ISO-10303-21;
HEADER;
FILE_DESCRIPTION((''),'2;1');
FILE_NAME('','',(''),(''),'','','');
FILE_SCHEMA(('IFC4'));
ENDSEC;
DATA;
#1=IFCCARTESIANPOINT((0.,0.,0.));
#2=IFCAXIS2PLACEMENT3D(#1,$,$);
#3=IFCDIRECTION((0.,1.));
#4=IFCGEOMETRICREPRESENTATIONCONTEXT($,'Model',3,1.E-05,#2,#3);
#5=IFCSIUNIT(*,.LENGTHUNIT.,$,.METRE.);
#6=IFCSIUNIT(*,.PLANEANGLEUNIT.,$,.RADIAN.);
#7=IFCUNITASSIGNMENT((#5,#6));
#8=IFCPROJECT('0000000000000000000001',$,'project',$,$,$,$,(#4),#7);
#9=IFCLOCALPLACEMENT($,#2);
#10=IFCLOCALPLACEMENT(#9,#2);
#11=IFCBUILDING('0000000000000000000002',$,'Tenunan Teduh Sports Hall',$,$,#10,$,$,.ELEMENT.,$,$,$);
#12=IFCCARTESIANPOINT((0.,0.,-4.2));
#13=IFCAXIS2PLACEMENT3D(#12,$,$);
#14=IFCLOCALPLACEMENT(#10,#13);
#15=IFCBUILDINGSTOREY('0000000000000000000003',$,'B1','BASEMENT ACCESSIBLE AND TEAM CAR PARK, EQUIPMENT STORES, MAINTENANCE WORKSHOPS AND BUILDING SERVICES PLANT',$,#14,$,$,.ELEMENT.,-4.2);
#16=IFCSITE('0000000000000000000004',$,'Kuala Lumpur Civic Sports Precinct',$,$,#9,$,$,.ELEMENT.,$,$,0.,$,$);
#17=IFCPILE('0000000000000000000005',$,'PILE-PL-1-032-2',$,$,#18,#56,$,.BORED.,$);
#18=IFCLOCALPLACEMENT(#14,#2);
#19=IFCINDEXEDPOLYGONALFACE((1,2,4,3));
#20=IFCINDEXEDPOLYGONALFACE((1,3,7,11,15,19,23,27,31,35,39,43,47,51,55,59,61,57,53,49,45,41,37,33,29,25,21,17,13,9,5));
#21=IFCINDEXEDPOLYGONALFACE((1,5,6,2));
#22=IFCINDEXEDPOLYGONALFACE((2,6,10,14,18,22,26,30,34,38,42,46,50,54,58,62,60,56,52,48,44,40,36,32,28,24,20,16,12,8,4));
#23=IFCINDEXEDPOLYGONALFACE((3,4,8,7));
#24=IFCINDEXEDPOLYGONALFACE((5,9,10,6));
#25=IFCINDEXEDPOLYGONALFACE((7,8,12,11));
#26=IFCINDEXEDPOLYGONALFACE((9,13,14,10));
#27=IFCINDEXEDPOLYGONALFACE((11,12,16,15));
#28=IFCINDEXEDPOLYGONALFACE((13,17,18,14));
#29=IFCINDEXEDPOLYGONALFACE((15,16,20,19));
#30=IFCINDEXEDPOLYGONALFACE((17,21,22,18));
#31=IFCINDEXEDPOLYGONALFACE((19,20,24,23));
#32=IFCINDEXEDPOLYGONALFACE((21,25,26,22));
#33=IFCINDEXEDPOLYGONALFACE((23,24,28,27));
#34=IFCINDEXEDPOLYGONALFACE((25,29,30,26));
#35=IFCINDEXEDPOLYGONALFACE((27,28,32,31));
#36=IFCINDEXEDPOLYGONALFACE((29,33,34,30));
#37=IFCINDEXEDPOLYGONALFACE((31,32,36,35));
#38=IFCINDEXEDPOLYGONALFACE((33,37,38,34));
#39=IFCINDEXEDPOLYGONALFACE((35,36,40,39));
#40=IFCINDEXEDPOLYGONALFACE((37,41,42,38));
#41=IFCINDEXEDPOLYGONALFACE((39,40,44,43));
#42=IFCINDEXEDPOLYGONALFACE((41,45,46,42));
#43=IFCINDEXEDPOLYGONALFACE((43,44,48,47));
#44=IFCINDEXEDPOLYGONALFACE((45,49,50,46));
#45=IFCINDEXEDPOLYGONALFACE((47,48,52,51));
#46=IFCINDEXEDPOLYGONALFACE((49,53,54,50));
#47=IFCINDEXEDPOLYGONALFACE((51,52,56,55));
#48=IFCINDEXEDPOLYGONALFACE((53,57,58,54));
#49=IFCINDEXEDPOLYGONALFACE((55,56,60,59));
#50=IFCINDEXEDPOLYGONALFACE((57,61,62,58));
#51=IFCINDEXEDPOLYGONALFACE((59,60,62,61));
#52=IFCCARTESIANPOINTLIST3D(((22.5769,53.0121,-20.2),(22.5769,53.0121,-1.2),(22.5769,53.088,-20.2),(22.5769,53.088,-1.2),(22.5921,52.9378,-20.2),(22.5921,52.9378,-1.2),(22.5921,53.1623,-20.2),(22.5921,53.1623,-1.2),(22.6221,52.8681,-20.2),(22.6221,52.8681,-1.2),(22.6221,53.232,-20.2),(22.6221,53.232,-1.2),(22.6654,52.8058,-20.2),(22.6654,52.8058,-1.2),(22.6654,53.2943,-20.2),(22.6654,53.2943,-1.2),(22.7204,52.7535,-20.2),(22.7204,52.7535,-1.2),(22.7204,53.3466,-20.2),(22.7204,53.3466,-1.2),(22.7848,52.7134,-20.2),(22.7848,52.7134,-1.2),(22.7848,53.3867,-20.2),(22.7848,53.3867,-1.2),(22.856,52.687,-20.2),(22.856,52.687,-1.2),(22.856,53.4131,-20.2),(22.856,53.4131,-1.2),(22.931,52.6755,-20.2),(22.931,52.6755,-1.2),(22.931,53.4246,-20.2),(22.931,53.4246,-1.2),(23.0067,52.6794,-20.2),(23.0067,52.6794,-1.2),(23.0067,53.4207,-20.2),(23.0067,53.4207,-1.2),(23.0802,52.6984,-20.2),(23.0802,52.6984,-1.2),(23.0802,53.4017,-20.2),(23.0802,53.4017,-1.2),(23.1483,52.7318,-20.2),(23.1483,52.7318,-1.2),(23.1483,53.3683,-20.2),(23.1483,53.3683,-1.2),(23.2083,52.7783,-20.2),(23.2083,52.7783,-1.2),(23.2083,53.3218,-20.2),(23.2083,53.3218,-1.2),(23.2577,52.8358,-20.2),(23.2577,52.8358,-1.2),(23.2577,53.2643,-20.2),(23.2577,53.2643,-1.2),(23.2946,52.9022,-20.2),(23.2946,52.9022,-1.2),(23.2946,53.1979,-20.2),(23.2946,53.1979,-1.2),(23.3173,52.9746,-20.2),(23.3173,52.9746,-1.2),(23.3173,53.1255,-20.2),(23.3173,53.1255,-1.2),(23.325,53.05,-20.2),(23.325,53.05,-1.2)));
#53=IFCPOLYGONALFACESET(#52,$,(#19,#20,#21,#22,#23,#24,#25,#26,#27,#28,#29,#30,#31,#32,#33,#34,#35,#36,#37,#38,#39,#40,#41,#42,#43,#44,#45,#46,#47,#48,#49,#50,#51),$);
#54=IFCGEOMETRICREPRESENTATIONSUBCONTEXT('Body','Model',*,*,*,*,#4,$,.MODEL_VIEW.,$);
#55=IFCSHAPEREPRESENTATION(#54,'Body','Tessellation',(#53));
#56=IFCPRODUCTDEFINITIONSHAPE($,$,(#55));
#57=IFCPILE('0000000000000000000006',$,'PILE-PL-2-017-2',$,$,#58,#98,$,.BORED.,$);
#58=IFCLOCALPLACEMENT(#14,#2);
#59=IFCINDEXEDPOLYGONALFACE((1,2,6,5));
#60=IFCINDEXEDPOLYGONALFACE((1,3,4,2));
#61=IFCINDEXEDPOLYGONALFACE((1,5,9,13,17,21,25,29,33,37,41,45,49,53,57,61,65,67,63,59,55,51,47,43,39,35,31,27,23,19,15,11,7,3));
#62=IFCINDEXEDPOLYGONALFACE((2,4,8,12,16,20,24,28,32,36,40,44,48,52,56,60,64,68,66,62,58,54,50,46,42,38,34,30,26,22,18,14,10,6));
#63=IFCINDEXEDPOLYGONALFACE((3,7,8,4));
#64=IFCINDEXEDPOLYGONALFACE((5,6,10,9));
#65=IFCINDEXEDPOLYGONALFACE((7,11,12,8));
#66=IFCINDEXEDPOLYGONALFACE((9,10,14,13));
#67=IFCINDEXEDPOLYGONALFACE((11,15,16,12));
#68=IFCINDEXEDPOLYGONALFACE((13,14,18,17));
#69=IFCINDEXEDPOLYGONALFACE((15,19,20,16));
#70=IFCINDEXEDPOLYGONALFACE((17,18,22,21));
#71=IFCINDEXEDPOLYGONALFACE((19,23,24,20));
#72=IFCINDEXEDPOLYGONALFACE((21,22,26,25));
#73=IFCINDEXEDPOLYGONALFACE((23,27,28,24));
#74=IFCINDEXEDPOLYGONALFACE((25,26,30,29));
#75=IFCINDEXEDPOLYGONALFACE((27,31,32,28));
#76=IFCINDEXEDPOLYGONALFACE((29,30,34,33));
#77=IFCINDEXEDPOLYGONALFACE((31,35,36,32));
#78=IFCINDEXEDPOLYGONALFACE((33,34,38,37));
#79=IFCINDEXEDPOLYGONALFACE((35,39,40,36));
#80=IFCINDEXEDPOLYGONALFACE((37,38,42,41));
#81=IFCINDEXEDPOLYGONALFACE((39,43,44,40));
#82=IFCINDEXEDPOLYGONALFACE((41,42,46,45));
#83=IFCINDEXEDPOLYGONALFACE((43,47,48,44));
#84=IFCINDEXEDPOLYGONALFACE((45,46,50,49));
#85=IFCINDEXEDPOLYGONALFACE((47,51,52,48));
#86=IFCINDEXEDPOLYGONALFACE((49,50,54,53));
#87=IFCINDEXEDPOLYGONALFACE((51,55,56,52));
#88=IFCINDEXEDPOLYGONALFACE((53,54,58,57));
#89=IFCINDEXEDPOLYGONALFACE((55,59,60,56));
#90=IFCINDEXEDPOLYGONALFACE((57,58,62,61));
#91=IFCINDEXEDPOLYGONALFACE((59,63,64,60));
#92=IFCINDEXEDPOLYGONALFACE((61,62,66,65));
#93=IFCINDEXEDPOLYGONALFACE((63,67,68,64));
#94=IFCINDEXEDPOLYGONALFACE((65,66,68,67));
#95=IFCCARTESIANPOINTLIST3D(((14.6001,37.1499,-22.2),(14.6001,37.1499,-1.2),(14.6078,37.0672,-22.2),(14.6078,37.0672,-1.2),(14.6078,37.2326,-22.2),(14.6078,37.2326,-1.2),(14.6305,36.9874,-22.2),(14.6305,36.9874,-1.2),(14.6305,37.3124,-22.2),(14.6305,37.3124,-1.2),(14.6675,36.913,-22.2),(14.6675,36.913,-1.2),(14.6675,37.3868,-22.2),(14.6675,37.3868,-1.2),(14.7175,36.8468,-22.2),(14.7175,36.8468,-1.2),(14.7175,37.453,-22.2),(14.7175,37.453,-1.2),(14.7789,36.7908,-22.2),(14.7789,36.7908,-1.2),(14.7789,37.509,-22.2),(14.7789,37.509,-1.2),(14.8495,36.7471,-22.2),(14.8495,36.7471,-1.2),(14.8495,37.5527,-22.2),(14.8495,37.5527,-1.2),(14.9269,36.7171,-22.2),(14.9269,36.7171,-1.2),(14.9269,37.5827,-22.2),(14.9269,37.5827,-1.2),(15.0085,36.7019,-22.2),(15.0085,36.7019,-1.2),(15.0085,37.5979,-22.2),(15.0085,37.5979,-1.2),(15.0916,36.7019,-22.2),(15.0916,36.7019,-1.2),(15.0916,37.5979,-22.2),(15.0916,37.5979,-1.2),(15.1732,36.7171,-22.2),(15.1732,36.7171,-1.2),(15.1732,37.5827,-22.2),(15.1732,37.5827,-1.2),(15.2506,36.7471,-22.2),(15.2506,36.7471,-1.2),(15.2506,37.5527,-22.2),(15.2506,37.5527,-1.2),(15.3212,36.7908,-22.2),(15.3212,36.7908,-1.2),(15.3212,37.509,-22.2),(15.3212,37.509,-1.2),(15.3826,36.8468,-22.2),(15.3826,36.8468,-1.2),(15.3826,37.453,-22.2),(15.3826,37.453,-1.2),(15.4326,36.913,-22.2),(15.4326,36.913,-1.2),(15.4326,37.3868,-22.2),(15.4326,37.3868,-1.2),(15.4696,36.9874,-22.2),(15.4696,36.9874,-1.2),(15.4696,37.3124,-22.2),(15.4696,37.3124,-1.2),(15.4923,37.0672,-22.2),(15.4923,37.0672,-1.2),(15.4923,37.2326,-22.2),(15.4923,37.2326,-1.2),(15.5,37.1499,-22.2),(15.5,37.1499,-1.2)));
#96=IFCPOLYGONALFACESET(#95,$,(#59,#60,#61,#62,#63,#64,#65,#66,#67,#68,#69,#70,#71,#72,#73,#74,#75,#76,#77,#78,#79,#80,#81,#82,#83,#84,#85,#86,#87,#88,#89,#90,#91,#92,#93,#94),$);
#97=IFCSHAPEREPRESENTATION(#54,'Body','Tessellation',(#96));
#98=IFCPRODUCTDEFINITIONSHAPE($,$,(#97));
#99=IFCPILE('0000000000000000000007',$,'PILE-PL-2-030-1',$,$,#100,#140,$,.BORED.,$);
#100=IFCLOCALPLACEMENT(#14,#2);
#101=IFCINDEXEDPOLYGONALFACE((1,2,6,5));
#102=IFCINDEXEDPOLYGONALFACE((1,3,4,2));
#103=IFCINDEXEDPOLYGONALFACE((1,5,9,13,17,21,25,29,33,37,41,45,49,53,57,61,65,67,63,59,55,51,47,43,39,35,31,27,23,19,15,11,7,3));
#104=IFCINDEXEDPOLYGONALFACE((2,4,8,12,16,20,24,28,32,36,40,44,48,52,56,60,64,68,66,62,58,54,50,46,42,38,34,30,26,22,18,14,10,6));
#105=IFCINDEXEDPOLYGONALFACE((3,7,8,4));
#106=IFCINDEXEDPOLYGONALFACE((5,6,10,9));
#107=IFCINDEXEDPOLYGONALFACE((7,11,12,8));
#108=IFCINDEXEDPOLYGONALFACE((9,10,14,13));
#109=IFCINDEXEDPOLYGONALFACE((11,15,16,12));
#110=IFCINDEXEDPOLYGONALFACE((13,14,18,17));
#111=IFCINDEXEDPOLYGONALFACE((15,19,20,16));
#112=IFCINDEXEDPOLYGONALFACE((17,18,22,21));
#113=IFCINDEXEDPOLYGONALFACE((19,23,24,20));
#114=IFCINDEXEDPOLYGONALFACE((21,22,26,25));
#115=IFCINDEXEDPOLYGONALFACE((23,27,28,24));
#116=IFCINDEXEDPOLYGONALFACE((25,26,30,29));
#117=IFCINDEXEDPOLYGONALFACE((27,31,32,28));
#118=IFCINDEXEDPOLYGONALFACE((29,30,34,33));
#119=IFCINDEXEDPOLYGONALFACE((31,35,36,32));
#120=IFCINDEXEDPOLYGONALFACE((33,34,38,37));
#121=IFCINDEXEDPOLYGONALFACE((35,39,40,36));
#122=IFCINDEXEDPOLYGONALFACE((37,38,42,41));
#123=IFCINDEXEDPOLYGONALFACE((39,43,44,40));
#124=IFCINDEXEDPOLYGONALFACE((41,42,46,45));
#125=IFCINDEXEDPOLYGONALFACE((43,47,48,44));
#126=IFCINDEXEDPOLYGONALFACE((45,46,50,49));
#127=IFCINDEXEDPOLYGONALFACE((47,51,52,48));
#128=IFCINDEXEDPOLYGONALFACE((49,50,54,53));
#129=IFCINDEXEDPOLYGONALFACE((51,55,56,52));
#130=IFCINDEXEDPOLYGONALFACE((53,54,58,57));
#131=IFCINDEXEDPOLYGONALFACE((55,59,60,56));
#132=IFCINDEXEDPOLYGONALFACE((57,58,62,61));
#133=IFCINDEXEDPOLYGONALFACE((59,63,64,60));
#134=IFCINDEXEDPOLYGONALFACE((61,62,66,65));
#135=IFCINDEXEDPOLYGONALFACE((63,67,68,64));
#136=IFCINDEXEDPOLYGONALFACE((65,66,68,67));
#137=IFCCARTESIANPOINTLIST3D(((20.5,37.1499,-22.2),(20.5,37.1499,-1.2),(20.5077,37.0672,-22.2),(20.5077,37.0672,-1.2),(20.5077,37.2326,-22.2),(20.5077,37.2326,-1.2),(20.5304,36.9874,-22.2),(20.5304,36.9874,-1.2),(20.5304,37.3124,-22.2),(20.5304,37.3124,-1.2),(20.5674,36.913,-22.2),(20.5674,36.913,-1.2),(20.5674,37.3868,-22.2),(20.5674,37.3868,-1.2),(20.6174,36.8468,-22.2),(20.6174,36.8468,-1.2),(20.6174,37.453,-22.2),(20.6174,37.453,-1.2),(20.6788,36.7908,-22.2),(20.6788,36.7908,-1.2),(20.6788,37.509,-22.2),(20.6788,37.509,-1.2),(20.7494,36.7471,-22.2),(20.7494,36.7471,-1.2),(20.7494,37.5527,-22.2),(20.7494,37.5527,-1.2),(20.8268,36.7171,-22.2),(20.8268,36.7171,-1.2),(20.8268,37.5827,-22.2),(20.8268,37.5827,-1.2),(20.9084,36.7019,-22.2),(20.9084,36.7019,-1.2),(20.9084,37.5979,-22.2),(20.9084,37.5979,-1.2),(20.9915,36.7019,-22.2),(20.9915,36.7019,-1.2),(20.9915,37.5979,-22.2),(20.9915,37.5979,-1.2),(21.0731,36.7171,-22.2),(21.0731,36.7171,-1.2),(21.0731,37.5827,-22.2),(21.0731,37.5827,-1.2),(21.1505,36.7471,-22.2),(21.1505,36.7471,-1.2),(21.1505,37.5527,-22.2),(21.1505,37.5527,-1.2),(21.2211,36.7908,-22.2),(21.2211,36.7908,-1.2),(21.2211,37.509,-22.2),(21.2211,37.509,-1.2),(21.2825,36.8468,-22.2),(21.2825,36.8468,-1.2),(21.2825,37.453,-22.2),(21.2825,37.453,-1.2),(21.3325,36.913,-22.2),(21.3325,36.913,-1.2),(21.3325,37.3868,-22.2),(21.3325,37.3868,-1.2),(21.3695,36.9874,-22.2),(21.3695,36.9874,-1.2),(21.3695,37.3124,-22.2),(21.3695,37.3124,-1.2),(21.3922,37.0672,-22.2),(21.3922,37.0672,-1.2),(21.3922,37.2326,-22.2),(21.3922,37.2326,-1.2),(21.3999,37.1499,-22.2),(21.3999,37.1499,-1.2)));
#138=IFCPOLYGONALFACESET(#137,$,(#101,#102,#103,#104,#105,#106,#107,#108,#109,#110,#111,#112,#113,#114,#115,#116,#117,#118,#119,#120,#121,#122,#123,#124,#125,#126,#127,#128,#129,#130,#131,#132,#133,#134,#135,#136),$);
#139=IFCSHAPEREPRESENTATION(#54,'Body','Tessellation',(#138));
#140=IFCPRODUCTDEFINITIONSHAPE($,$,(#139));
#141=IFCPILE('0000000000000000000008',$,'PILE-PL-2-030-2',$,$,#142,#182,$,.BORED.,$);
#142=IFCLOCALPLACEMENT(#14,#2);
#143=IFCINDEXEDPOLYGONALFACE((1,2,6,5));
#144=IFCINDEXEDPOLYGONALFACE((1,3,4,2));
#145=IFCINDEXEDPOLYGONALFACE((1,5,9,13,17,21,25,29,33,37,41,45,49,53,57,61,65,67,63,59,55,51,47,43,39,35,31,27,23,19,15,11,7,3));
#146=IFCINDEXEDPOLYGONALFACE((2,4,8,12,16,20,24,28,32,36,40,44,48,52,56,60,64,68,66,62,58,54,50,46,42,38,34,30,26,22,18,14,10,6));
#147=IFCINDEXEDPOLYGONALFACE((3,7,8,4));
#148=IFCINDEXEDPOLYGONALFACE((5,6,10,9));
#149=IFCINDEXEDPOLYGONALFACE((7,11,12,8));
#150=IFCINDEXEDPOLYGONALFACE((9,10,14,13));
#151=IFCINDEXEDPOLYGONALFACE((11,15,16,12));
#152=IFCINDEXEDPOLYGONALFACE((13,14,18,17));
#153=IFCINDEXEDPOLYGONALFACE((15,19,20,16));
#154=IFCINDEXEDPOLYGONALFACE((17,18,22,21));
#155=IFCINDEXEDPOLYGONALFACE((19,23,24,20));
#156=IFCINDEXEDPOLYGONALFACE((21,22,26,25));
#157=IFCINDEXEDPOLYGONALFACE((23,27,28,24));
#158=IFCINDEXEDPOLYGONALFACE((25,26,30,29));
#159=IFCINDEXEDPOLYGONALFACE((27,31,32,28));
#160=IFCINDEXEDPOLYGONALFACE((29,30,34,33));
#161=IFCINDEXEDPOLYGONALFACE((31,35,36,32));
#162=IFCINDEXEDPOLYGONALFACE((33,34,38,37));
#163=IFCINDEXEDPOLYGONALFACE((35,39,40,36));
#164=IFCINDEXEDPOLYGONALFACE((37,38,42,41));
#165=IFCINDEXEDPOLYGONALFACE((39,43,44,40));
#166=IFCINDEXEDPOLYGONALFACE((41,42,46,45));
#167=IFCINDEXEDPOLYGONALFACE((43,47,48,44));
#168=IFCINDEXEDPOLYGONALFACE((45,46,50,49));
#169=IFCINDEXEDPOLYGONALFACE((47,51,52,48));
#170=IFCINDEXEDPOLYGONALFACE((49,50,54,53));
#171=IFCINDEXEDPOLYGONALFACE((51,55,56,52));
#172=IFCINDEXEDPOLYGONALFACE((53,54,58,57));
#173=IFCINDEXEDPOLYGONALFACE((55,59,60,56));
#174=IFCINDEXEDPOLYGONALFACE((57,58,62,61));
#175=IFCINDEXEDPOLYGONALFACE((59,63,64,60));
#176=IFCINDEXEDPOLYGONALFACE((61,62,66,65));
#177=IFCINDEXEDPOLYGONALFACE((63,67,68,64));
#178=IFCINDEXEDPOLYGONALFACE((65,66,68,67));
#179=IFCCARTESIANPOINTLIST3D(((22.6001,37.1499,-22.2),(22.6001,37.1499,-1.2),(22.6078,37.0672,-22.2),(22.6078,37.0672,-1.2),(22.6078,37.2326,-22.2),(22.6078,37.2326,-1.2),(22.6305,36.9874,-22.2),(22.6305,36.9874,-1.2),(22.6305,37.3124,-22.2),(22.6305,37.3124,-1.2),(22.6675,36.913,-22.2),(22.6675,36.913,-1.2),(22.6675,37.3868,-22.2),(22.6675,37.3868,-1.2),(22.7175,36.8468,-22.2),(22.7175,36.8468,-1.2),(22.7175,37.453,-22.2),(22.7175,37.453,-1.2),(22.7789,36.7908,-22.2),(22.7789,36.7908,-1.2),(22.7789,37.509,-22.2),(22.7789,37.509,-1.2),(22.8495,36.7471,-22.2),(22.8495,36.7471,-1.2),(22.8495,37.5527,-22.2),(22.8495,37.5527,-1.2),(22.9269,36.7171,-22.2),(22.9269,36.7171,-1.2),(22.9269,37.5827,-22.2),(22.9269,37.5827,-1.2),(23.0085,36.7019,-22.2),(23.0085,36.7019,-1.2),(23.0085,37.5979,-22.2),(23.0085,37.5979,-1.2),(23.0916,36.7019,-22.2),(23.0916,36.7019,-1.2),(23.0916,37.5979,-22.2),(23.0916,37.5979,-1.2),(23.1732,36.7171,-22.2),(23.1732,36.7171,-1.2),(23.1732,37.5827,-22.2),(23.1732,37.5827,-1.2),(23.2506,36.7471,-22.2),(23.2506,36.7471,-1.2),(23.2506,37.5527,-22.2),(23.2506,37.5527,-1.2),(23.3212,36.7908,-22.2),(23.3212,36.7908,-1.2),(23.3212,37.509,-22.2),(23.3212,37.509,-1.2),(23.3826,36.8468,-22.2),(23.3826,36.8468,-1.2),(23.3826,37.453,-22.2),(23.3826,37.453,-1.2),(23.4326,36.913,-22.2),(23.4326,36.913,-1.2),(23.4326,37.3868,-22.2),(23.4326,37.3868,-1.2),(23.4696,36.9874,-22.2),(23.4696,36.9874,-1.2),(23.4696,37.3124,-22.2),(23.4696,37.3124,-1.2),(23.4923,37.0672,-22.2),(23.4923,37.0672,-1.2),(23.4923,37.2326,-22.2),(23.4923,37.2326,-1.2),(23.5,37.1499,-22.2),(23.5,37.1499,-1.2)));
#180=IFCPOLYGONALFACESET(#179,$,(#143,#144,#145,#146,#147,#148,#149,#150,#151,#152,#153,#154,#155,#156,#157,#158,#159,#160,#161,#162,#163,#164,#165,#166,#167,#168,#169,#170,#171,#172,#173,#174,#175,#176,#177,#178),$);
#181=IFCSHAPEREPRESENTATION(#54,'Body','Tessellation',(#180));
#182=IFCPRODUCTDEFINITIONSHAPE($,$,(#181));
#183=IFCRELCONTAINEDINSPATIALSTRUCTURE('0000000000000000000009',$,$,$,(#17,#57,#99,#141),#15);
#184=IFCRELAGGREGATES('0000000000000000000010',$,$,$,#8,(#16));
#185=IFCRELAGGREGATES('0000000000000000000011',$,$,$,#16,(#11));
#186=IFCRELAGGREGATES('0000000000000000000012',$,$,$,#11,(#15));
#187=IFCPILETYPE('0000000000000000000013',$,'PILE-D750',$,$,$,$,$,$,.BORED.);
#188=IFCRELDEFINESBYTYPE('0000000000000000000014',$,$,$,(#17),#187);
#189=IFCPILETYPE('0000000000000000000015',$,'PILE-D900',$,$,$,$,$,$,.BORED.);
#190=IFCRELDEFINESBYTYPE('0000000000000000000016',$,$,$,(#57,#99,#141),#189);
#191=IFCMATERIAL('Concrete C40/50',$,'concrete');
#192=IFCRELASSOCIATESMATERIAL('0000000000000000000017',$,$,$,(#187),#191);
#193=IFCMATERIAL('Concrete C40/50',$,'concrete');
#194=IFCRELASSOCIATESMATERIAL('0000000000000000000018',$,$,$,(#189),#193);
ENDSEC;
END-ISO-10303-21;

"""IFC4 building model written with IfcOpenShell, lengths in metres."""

from ifc_helpers import new_model, si_unit, direction, frame, origin, origin_2d, place, context, subcontext, project, spatial, circle, extrude, material, material_profile, profile_set, type_object, element, save


model = new_model("IFC4")

# Units and contexts
model_context = context("Model", 3, precision=1e-05, world=origin(), true_north=direction((0.0, 1.0)))
body_context = subcontext(model_context, "Body", "Model", "MODEL_VIEW")
ifc_project = project(units=[si_unit("LENGTHUNIT", "METRE"), si_unit("PLANEANGLEUNIT", "RADIAN")], contexts=[model_context])

# Site, building, storey
site_placement = place(None, origin())
site = spatial("IfcSite", under=ifc_project, at=site_placement, Name="Kuala Lumpur Civic Sports Precinct", CompositionType="ELEMENT", RefElevation=0.0)
building_placement = place(site_placement, origin())
building = spatial("IfcBuilding", under=site, at=building_placement, Name="Tenunan Teduh Sports Hall", CompositionType="ELEMENT")
storey_placement = place(building_placement, frame((0.0, 0.0, -4.2)))
storey = spatial("IfcBuildingStorey", under=building, at=storey_placement, Name="B1", Description="BASEMENT ACCESSIBLE AND TEAM CAR PARK, EQUIPMENT STORES, MAINTENANCE WORKSHOPS AND BUILDING SERVICES PLANT", CompositionType="ELEMENT", Elevation=-4.2)

# Piles
ifc_material_1 = material(Name="Concrete C40/50", Category="concrete")
ifc_material_profile_1 = material_profile(ifc_material_1, circle(Radius=0.375, at=origin_2d()), Name="PILE D750")
ifc_profile_set_1 = profile_set([ifc_material_profile_1], Name="Concrete C40/50")
pile_type_1 = type_object("IfcPileType", Name="PILE-D750", PredefinedType="BORED", material=ifc_profile_set_1)
for number, where, z_axis, x_axis, name in (
    (1, (22.95, 53.05, -1.2), (0.0, 0.0, -1.0), (1.0, 0.0, 0.0), "PILE-PL-1-032-2"),
):
    element("IfcPile", number, at=place(storey_placement, frame(where, z_axis=z_axis, x_axis=x_axis)), inside=storey, type_object=pile_type_1, Name=name, PredefinedType="BORED", context=body_context, shape_type="SweptSolid", body=[
        extrude(circle(Radius=0.375, at=origin_2d()), origin(), (0.0, 0.0, 1.0), 19.0),
    ])
ifc_material_2 = material(Name="Concrete C40/50", Category="concrete")
ifc_material_profile_2 = material_profile(ifc_material_2, circle(Radius=0.45, at=origin_2d()), Name="PILE D900")
ifc_profile_set_2 = profile_set([ifc_material_profile_2], Name="Concrete C40/50")
pile_type_2 = type_object("IfcPileType", Name="PILE-D900", PredefinedType="BORED", material=ifc_profile_set_2)
for number, where, z_axis, x_axis, name in (
    (2, (15.05, 37.1499, -1.2), (0.0, 0.0, -1.0), (1.0, 0.0, 0.0), "PILE-PL-2-017-2"),
    (3, (20.95, 37.1499, -1.2), (0.0, 0.0, -1.0), (1.0, 0.0, 0.0), "PILE-PL-2-030-1"),
    (4, (23.05, 37.1499, -1.2), (0.0, 0.0, -1.0), (1.0, 0.0, 0.0), "PILE-PL-2-030-2"),
):
    element("IfcPile", number, at=place(storey_placement, frame(where, z_axis=z_axis, x_axis=x_axis)), inside=storey, type_object=pile_type_2, Name=name, PredefinedType="BORED", context=body_context, shape_type="SweptSolid", body=[
        extrude(circle(Radius=0.45, at=origin_2d()), origin(), (0.0, 0.0, 1.0), 21.0),
    ])

save(model, "model.ifc")
